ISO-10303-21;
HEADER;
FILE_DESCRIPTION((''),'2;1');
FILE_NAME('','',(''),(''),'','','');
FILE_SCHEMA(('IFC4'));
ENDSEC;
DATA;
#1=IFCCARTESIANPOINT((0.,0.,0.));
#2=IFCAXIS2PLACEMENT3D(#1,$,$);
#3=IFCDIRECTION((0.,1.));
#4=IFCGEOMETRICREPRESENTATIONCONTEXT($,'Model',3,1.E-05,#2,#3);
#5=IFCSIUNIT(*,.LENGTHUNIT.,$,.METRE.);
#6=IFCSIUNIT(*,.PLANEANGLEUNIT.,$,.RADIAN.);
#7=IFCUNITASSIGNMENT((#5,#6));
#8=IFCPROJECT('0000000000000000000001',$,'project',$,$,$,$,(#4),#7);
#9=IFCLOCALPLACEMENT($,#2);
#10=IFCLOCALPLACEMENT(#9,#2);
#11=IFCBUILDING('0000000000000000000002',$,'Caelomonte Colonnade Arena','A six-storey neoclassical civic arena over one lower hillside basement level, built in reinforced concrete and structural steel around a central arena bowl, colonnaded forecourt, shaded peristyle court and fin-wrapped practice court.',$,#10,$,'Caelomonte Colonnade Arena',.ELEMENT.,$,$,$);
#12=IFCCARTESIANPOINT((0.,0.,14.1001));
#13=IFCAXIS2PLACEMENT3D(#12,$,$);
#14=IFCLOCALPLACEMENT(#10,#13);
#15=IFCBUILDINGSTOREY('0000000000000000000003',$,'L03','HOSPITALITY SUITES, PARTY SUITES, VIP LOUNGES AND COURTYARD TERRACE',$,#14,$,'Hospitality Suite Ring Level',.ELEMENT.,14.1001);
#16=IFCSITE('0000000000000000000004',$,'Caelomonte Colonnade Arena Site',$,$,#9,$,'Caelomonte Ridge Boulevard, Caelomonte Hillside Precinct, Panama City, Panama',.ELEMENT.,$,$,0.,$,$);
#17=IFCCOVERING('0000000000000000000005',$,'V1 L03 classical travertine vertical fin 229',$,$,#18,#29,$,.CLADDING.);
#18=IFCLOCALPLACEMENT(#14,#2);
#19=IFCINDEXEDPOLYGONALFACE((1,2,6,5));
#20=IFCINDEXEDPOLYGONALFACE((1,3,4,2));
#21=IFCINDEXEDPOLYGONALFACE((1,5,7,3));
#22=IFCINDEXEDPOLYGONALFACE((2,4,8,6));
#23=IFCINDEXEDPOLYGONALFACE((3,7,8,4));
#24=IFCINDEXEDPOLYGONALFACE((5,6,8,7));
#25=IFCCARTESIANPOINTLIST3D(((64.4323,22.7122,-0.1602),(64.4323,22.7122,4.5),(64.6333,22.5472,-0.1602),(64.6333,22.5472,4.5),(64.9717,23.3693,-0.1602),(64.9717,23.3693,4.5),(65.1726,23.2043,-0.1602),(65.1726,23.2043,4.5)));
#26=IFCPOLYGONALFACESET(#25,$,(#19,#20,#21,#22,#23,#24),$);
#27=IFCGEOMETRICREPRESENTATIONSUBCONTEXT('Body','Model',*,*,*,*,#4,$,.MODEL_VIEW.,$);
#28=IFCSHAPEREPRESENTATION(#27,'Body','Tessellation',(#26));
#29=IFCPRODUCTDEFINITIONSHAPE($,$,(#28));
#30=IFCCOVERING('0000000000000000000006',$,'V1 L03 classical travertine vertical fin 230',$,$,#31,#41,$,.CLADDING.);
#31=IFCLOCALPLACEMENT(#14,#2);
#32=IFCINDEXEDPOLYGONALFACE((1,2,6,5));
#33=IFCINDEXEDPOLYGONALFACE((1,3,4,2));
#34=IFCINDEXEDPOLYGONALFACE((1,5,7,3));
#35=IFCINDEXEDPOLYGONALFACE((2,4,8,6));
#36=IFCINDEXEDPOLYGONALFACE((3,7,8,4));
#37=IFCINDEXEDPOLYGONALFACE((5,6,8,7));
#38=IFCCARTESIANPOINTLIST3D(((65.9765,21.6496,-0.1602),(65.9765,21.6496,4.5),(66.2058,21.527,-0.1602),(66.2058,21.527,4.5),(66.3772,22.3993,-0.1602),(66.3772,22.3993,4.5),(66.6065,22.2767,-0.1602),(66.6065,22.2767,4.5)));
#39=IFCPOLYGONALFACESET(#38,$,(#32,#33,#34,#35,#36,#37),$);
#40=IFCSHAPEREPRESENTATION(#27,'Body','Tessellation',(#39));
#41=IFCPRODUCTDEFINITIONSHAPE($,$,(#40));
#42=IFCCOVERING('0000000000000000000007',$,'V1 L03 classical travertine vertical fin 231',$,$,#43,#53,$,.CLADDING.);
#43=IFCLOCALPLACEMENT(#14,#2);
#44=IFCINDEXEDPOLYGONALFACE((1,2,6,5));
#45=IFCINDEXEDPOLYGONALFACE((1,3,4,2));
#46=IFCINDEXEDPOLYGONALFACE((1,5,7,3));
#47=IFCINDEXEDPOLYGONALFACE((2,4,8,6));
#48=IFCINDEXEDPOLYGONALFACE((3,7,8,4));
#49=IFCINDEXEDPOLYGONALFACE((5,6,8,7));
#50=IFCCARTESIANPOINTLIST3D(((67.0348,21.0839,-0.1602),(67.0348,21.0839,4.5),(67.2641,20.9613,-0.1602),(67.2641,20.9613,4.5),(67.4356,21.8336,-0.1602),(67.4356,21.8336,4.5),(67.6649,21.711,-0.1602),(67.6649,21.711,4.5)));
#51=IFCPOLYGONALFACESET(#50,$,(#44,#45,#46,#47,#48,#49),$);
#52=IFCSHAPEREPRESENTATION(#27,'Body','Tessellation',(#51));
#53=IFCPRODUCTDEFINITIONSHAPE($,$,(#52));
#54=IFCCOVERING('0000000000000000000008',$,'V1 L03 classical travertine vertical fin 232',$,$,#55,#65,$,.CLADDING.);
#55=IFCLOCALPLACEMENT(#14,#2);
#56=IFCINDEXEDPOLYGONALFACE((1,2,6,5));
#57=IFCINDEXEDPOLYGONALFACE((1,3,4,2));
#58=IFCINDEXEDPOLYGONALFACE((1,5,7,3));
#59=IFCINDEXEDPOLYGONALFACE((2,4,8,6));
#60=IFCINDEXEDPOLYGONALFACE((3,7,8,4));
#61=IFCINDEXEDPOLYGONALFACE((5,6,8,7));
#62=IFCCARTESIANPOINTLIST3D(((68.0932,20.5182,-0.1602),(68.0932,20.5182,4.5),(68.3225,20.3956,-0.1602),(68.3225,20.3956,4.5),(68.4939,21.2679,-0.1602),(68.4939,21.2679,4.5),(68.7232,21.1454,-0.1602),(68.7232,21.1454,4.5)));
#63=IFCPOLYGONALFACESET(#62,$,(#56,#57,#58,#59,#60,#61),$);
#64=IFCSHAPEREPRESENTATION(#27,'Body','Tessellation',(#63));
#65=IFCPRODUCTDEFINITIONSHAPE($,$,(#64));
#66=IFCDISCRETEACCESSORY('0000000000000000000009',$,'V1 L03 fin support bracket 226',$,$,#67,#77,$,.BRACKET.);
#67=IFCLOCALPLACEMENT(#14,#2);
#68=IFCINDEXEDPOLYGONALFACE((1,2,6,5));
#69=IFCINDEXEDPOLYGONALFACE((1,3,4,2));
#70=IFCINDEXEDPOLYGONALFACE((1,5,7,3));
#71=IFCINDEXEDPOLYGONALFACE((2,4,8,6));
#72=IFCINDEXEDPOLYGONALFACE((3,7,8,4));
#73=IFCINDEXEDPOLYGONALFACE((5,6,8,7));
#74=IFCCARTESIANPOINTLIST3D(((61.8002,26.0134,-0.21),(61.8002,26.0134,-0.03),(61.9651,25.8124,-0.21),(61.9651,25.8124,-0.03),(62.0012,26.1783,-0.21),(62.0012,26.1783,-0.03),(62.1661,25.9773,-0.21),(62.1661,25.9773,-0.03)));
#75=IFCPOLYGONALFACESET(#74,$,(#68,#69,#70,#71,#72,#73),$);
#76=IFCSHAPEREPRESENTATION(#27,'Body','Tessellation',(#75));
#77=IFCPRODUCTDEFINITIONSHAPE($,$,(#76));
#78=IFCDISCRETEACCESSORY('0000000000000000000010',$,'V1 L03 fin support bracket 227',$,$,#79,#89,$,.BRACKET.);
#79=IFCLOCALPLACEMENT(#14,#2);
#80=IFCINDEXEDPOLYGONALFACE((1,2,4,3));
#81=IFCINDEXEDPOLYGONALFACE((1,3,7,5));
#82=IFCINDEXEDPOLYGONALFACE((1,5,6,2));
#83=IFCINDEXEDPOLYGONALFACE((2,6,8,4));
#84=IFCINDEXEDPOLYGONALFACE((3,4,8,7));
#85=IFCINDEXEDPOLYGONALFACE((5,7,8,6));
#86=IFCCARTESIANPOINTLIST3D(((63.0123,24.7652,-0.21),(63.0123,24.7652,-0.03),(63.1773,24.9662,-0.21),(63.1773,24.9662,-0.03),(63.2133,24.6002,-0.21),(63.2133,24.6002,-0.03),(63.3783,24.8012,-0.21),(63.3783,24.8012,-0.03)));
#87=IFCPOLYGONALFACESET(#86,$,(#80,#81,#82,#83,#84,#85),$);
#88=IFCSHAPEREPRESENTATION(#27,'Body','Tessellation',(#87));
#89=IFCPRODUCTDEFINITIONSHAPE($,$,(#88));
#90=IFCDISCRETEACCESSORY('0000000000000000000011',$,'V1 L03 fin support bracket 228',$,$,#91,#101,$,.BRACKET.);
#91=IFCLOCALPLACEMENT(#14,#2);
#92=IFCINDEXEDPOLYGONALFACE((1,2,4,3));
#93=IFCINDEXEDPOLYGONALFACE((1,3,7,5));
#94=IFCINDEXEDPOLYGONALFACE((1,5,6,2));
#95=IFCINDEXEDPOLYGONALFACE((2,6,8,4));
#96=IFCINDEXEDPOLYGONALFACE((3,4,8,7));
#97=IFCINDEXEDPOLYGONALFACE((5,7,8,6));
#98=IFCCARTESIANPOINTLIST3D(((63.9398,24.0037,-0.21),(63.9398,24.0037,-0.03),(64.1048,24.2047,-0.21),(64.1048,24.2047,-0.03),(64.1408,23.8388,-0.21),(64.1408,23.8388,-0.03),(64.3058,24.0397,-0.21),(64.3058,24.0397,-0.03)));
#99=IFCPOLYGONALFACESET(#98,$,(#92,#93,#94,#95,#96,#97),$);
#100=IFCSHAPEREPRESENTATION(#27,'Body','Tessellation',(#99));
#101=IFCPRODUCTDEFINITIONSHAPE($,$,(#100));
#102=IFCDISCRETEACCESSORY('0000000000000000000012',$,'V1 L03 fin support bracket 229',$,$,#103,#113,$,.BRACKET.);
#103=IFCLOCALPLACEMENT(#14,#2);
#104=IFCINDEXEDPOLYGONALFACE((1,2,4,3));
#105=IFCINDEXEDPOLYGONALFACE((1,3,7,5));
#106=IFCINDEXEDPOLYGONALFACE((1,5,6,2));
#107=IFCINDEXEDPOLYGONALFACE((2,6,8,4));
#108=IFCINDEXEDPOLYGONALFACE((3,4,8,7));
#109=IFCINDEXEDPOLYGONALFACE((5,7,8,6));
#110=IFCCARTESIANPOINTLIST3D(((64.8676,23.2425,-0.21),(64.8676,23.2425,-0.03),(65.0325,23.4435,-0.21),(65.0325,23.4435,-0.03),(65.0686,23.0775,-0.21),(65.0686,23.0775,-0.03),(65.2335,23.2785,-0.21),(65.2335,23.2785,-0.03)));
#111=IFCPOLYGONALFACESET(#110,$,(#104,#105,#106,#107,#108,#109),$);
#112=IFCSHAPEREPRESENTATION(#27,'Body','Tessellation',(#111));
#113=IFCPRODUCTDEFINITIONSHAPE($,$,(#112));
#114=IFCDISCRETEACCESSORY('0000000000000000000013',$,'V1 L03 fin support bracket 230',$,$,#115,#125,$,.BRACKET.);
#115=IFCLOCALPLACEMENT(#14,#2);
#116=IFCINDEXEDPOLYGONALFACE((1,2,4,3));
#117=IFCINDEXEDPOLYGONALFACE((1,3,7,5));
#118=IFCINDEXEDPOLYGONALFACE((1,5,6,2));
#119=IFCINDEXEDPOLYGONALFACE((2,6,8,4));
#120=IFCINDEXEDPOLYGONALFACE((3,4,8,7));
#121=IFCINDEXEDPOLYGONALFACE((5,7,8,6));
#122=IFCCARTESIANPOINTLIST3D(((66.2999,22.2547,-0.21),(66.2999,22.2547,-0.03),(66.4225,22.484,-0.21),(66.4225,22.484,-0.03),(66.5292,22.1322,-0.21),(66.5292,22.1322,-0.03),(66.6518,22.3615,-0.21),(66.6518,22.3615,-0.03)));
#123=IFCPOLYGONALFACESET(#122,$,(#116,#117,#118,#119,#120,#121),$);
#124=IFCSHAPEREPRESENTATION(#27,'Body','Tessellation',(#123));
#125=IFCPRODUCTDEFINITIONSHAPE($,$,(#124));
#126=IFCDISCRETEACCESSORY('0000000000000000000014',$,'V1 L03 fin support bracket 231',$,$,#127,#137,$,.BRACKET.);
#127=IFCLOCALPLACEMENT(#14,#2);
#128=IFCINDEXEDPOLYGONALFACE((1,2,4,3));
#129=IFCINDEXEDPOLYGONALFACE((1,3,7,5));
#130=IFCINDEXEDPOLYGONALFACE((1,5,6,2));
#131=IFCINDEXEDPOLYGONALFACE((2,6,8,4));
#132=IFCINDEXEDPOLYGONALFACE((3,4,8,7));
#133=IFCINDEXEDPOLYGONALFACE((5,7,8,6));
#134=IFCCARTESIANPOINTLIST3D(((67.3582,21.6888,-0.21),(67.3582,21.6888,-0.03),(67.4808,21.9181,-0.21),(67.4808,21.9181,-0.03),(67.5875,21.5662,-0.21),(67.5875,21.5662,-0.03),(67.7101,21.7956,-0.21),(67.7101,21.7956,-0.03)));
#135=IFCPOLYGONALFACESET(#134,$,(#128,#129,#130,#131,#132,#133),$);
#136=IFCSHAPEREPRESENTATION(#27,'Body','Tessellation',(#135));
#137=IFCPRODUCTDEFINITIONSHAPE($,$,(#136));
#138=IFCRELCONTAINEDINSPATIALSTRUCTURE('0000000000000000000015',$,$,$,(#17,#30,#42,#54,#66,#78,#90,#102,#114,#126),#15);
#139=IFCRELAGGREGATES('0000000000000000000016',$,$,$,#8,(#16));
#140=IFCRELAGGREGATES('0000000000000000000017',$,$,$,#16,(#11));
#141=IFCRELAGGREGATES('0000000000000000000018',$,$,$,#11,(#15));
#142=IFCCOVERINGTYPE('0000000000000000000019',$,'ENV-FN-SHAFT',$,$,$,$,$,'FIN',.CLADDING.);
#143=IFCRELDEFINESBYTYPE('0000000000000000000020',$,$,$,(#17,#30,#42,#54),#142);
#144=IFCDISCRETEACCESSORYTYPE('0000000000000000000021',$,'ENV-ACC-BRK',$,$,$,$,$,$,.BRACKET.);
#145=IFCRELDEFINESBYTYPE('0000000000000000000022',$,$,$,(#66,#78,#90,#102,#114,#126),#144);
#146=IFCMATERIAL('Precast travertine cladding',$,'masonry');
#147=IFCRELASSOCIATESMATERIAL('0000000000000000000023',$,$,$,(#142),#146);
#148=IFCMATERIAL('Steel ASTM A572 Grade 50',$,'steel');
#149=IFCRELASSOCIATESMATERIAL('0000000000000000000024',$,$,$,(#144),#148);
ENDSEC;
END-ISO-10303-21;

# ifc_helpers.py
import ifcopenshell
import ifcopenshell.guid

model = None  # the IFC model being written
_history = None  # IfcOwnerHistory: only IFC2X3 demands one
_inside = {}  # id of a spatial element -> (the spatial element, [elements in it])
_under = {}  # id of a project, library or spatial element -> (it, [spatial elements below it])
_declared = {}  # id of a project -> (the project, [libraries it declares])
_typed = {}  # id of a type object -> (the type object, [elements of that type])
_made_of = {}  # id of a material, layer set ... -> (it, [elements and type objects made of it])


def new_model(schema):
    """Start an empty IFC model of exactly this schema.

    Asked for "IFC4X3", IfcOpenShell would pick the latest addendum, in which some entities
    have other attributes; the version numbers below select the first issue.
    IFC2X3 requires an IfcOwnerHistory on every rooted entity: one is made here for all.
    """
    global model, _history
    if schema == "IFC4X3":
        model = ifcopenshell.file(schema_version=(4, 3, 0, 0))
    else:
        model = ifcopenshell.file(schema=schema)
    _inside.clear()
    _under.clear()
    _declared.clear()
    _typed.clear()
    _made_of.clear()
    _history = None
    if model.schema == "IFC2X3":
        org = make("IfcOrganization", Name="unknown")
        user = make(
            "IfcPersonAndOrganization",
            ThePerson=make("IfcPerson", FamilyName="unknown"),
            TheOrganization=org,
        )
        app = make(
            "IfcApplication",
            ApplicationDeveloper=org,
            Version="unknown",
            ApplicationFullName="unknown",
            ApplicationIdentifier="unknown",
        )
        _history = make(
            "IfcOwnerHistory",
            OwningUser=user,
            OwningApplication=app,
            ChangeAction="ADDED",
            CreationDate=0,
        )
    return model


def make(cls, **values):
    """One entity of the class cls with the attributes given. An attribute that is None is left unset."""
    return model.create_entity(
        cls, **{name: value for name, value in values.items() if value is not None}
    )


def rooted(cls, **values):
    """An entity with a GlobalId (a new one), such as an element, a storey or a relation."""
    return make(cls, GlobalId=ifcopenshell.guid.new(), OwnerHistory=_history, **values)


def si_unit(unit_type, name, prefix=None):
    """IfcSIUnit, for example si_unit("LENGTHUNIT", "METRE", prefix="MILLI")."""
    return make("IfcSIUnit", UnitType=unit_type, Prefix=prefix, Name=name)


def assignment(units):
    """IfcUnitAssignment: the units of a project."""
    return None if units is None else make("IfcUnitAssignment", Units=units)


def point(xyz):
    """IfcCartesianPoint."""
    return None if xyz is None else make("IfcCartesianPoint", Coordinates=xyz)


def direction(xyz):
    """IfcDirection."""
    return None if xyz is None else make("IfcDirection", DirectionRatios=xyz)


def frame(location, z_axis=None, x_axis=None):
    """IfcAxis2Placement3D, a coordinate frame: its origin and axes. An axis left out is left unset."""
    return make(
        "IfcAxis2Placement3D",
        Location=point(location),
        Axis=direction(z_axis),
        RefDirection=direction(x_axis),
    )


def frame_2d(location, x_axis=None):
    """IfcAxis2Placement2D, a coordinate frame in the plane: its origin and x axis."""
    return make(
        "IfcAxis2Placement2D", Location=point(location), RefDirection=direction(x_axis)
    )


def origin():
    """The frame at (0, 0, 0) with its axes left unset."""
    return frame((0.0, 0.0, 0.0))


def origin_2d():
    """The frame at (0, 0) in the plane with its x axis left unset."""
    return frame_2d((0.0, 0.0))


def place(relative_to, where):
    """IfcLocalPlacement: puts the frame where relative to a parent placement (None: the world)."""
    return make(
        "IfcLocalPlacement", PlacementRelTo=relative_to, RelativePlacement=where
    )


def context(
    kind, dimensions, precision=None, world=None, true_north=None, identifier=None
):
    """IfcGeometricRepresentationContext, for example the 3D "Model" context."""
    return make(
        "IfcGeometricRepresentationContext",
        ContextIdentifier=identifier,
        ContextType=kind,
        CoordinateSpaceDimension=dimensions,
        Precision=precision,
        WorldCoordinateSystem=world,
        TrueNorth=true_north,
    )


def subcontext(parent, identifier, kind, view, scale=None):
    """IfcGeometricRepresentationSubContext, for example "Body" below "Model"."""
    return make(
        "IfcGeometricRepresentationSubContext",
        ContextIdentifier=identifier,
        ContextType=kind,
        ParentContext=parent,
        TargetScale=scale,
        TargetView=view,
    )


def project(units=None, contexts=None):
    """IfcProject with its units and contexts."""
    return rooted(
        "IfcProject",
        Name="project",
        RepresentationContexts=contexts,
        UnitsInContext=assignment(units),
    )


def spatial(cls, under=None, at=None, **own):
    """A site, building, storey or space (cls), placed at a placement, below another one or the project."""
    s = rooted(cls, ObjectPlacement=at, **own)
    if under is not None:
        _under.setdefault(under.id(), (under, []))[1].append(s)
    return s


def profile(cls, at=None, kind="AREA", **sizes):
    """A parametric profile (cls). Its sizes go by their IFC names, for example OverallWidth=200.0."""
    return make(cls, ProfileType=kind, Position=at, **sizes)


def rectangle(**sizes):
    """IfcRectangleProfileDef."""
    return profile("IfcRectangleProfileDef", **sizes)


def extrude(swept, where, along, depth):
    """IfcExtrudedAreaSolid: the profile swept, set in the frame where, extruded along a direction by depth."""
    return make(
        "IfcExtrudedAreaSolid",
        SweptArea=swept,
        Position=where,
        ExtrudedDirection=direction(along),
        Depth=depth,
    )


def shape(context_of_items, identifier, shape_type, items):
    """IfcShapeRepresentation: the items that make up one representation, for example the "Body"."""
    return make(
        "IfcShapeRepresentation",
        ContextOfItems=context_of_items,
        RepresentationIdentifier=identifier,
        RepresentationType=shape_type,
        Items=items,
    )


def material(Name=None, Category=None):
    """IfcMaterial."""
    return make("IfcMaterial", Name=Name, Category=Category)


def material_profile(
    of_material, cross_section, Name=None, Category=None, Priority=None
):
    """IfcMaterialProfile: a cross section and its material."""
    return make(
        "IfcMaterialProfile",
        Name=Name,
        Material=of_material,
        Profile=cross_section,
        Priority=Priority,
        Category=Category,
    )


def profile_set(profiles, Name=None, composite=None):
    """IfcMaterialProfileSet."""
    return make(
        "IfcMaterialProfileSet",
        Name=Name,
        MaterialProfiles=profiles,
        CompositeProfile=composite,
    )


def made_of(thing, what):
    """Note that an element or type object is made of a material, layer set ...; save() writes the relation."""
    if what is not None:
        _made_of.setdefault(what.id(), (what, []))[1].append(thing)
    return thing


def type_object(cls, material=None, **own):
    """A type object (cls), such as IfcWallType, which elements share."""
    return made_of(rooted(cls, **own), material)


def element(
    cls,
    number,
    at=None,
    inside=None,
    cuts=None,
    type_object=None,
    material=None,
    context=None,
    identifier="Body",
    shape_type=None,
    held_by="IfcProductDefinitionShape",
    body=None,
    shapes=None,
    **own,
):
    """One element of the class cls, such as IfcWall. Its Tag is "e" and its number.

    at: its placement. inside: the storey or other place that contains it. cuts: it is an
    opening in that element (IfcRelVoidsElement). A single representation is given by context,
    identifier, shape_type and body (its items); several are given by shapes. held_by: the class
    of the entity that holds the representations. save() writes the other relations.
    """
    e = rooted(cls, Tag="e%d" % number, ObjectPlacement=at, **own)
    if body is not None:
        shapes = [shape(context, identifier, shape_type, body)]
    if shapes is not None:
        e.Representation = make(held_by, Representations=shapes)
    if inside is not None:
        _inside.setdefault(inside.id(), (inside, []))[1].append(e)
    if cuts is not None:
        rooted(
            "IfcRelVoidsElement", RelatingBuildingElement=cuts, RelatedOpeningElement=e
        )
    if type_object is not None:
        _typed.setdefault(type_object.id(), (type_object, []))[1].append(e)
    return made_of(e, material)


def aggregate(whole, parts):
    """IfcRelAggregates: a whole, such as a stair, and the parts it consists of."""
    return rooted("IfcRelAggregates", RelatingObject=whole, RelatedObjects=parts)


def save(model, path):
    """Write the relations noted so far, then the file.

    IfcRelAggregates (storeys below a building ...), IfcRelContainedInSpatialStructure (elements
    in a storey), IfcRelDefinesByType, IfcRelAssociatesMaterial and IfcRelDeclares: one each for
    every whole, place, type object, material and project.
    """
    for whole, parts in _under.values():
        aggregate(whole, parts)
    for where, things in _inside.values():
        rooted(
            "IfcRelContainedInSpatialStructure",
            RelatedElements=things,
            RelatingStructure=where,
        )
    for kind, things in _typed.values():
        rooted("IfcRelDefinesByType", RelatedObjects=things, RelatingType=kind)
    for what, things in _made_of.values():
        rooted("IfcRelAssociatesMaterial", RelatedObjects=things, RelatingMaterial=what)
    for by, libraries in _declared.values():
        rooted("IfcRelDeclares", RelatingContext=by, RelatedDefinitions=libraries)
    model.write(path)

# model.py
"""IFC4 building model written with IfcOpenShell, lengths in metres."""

from ifc_helpers import new_model, si_unit, direction, frame, origin, origin_2d, place, context, subcontext, project, spatial, rectangle, extrude, material, material_profile, profile_set, type_object, element, save


model = new_model("IFC4")

# Units and contexts
model_context = context("Model", 3, precision=1e-05, world=origin(), true_north=direction((0.0, 1.0)))
body_context = subcontext(model_context, "Body", "Model", "MODEL_VIEW")
ifc_project = project(units=[si_unit("LENGTHUNIT", "METRE"), si_unit("PLANEANGLEUNIT", "RADIAN")], contexts=[model_context])

# Site, building, storey
site_placement = place(None, origin())
site = spatial("IfcSite", under=ifc_project, at=site_placement, Name="Caelomonte Colonnade Arena Site", LongName="Caelomonte Ridge Boulevard, Caelomonte Hillside Precinct, Panama City, Panama", CompositionType="ELEMENT", RefElevation=0.0)
building_placement = place(site_placement, origin())
building = spatial("IfcBuilding", under=site, at=building_placement, Name="Caelomonte Colonnade Arena", Description="A six-storey neoclassical civic arena over one lower hillside basement level, built in reinforced concrete and structural steel around a central arena bowl, colonnaded forecourt, shaded peristyle court and fin-wrapped practice court.", LongName="Caelomonte Colonnade Arena", CompositionType="ELEMENT")
storey_placement = place(building_placement, frame((0.0, 0.0, 14.1001)))
storey = spatial("IfcBuildingStorey", under=building, at=storey_placement, Name="L03", Description="HOSPITALITY SUITES, PARTY SUITES, VIP LOUNGES AND COURTYARD TERRACE", LongName="Hospitality Suite Ring Level", CompositionType="ELEMENT", Elevation=14.1001)

# Coverings
ifc_material_1 = material(Name="Precast travertine cladding", Category="masonry")
ifc_material_profile_1 = material_profile(ifc_material_1, rectangle(XDim=0.26, YDim=0.8501, at=origin_2d()), Name="FIN260X850")
ifc_profile_set_1 = profile_set([ifc_material_profile_1], Name="Precast travertine cladding")
covering_type = type_object("IfcCoveringType", Name="ENV-FN-SHAFT", ElementType="FIN", PredefinedType="CLADDING", material=ifc_profile_set_1)
for number, where, z_axis, x_axis, name in (
    (1, (64.8025, 22.9583, -0.1602), (0.0, 0.0, 1.0), (-0.772994, 0.634414, 0.0), "V1 L03 classical travertine vertical fin 229"),
    (2, (66.2915, 21.9631, -0.1602), (0.0, 0.0, 1.0), (-0.881921, 0.471397, 0.0), "V1 L03 classical travertine vertical fin 230"),
    (3, (67.3499, 21.3975, -0.1602), (0.0, 0.0, 1.0), (-0.881921, 0.471397, 0.0), "V1 L03 classical travertine vertical fin 231"),
    (4, (68.4082, 20.8318, -0.1602), (0.0, 0.0, 1.0), (-0.881921, 0.471397, 0.0), "V1 L03 classical travertine vertical fin 232"),
):
    element("IfcCovering", number, at=place(storey_placement, frame(where, z_axis=z_axis, x_axis=x_axis)), inside=storey, type_object=covering_type, Name=name, PredefinedType="CLADDING", context=body_context, shape_type="SweptSolid", body=[
        extrude(rectangle(XDim=0.26, YDim=0.8501, at=origin_2d()), origin(), (0.0, 0.0, 1.0), 4.6602),
    ])

# Discrete accessories
ifc_material_2 = material(Name="Steel ASTM A572 Grade 50", Category="steel")
discrete_accessory_type = type_object("IfcDiscreteAccessoryType", Name="ENV-ACC-BRK", PredefinedType="BRACKET", material=ifc_material_2)
for number, where, z_axis, x_axis, name in (
    (5, (61.9832, 25.9954, -0.21), (0.0, 0.0, 1.0), (0.634414, -0.772994, 0.0), "V1 L03 fin support bracket 226"),
    (6, (63.1953, 24.7832, -0.21), (0.0, 0.0, 1.0), (0.772994, -0.634414, 0.0), "V1 L03 fin support bracket 227"),
    (7, (64.1228, 24.0217, -0.21), (0.0, 0.0, 1.0), (0.772994, -0.634414, 0.0), "V1 L03 fin support bracket 228"),
    (8, (65.0505, 23.2605, -0.21), (0.0, 0.0, 1.0), (0.772994, -0.634414, 0.0), "V1 L03 fin support bracket 229"),
    (9, (66.4758, 22.3081, -0.21), (0.0, 0.0, 1.0), (0.881921, -0.471397, 0.0), "V1 L03 fin support bracket 230"),
    (10, (67.5342, 21.7422, -0.21), (0.0, 0.0, 1.0), (0.881921, -0.471397, 0.0), "V1 L03 fin support bracket 231"),
):
    element("IfcDiscreteAccessory", number, at=place(storey_placement, frame(where, z_axis=z_axis, x_axis=x_axis)), inside=storey, type_object=discrete_accessory_type, Name=name, PredefinedType="BRACKET", context=body_context, shape_type="SweptSolid", body=[
        extrude(rectangle(XDim=0.26, YDim=0.26, at=origin_2d()), origin(), (0.0, 0.0, 1.0), 0.1799),
    ])

save(model, "model.ifc")
